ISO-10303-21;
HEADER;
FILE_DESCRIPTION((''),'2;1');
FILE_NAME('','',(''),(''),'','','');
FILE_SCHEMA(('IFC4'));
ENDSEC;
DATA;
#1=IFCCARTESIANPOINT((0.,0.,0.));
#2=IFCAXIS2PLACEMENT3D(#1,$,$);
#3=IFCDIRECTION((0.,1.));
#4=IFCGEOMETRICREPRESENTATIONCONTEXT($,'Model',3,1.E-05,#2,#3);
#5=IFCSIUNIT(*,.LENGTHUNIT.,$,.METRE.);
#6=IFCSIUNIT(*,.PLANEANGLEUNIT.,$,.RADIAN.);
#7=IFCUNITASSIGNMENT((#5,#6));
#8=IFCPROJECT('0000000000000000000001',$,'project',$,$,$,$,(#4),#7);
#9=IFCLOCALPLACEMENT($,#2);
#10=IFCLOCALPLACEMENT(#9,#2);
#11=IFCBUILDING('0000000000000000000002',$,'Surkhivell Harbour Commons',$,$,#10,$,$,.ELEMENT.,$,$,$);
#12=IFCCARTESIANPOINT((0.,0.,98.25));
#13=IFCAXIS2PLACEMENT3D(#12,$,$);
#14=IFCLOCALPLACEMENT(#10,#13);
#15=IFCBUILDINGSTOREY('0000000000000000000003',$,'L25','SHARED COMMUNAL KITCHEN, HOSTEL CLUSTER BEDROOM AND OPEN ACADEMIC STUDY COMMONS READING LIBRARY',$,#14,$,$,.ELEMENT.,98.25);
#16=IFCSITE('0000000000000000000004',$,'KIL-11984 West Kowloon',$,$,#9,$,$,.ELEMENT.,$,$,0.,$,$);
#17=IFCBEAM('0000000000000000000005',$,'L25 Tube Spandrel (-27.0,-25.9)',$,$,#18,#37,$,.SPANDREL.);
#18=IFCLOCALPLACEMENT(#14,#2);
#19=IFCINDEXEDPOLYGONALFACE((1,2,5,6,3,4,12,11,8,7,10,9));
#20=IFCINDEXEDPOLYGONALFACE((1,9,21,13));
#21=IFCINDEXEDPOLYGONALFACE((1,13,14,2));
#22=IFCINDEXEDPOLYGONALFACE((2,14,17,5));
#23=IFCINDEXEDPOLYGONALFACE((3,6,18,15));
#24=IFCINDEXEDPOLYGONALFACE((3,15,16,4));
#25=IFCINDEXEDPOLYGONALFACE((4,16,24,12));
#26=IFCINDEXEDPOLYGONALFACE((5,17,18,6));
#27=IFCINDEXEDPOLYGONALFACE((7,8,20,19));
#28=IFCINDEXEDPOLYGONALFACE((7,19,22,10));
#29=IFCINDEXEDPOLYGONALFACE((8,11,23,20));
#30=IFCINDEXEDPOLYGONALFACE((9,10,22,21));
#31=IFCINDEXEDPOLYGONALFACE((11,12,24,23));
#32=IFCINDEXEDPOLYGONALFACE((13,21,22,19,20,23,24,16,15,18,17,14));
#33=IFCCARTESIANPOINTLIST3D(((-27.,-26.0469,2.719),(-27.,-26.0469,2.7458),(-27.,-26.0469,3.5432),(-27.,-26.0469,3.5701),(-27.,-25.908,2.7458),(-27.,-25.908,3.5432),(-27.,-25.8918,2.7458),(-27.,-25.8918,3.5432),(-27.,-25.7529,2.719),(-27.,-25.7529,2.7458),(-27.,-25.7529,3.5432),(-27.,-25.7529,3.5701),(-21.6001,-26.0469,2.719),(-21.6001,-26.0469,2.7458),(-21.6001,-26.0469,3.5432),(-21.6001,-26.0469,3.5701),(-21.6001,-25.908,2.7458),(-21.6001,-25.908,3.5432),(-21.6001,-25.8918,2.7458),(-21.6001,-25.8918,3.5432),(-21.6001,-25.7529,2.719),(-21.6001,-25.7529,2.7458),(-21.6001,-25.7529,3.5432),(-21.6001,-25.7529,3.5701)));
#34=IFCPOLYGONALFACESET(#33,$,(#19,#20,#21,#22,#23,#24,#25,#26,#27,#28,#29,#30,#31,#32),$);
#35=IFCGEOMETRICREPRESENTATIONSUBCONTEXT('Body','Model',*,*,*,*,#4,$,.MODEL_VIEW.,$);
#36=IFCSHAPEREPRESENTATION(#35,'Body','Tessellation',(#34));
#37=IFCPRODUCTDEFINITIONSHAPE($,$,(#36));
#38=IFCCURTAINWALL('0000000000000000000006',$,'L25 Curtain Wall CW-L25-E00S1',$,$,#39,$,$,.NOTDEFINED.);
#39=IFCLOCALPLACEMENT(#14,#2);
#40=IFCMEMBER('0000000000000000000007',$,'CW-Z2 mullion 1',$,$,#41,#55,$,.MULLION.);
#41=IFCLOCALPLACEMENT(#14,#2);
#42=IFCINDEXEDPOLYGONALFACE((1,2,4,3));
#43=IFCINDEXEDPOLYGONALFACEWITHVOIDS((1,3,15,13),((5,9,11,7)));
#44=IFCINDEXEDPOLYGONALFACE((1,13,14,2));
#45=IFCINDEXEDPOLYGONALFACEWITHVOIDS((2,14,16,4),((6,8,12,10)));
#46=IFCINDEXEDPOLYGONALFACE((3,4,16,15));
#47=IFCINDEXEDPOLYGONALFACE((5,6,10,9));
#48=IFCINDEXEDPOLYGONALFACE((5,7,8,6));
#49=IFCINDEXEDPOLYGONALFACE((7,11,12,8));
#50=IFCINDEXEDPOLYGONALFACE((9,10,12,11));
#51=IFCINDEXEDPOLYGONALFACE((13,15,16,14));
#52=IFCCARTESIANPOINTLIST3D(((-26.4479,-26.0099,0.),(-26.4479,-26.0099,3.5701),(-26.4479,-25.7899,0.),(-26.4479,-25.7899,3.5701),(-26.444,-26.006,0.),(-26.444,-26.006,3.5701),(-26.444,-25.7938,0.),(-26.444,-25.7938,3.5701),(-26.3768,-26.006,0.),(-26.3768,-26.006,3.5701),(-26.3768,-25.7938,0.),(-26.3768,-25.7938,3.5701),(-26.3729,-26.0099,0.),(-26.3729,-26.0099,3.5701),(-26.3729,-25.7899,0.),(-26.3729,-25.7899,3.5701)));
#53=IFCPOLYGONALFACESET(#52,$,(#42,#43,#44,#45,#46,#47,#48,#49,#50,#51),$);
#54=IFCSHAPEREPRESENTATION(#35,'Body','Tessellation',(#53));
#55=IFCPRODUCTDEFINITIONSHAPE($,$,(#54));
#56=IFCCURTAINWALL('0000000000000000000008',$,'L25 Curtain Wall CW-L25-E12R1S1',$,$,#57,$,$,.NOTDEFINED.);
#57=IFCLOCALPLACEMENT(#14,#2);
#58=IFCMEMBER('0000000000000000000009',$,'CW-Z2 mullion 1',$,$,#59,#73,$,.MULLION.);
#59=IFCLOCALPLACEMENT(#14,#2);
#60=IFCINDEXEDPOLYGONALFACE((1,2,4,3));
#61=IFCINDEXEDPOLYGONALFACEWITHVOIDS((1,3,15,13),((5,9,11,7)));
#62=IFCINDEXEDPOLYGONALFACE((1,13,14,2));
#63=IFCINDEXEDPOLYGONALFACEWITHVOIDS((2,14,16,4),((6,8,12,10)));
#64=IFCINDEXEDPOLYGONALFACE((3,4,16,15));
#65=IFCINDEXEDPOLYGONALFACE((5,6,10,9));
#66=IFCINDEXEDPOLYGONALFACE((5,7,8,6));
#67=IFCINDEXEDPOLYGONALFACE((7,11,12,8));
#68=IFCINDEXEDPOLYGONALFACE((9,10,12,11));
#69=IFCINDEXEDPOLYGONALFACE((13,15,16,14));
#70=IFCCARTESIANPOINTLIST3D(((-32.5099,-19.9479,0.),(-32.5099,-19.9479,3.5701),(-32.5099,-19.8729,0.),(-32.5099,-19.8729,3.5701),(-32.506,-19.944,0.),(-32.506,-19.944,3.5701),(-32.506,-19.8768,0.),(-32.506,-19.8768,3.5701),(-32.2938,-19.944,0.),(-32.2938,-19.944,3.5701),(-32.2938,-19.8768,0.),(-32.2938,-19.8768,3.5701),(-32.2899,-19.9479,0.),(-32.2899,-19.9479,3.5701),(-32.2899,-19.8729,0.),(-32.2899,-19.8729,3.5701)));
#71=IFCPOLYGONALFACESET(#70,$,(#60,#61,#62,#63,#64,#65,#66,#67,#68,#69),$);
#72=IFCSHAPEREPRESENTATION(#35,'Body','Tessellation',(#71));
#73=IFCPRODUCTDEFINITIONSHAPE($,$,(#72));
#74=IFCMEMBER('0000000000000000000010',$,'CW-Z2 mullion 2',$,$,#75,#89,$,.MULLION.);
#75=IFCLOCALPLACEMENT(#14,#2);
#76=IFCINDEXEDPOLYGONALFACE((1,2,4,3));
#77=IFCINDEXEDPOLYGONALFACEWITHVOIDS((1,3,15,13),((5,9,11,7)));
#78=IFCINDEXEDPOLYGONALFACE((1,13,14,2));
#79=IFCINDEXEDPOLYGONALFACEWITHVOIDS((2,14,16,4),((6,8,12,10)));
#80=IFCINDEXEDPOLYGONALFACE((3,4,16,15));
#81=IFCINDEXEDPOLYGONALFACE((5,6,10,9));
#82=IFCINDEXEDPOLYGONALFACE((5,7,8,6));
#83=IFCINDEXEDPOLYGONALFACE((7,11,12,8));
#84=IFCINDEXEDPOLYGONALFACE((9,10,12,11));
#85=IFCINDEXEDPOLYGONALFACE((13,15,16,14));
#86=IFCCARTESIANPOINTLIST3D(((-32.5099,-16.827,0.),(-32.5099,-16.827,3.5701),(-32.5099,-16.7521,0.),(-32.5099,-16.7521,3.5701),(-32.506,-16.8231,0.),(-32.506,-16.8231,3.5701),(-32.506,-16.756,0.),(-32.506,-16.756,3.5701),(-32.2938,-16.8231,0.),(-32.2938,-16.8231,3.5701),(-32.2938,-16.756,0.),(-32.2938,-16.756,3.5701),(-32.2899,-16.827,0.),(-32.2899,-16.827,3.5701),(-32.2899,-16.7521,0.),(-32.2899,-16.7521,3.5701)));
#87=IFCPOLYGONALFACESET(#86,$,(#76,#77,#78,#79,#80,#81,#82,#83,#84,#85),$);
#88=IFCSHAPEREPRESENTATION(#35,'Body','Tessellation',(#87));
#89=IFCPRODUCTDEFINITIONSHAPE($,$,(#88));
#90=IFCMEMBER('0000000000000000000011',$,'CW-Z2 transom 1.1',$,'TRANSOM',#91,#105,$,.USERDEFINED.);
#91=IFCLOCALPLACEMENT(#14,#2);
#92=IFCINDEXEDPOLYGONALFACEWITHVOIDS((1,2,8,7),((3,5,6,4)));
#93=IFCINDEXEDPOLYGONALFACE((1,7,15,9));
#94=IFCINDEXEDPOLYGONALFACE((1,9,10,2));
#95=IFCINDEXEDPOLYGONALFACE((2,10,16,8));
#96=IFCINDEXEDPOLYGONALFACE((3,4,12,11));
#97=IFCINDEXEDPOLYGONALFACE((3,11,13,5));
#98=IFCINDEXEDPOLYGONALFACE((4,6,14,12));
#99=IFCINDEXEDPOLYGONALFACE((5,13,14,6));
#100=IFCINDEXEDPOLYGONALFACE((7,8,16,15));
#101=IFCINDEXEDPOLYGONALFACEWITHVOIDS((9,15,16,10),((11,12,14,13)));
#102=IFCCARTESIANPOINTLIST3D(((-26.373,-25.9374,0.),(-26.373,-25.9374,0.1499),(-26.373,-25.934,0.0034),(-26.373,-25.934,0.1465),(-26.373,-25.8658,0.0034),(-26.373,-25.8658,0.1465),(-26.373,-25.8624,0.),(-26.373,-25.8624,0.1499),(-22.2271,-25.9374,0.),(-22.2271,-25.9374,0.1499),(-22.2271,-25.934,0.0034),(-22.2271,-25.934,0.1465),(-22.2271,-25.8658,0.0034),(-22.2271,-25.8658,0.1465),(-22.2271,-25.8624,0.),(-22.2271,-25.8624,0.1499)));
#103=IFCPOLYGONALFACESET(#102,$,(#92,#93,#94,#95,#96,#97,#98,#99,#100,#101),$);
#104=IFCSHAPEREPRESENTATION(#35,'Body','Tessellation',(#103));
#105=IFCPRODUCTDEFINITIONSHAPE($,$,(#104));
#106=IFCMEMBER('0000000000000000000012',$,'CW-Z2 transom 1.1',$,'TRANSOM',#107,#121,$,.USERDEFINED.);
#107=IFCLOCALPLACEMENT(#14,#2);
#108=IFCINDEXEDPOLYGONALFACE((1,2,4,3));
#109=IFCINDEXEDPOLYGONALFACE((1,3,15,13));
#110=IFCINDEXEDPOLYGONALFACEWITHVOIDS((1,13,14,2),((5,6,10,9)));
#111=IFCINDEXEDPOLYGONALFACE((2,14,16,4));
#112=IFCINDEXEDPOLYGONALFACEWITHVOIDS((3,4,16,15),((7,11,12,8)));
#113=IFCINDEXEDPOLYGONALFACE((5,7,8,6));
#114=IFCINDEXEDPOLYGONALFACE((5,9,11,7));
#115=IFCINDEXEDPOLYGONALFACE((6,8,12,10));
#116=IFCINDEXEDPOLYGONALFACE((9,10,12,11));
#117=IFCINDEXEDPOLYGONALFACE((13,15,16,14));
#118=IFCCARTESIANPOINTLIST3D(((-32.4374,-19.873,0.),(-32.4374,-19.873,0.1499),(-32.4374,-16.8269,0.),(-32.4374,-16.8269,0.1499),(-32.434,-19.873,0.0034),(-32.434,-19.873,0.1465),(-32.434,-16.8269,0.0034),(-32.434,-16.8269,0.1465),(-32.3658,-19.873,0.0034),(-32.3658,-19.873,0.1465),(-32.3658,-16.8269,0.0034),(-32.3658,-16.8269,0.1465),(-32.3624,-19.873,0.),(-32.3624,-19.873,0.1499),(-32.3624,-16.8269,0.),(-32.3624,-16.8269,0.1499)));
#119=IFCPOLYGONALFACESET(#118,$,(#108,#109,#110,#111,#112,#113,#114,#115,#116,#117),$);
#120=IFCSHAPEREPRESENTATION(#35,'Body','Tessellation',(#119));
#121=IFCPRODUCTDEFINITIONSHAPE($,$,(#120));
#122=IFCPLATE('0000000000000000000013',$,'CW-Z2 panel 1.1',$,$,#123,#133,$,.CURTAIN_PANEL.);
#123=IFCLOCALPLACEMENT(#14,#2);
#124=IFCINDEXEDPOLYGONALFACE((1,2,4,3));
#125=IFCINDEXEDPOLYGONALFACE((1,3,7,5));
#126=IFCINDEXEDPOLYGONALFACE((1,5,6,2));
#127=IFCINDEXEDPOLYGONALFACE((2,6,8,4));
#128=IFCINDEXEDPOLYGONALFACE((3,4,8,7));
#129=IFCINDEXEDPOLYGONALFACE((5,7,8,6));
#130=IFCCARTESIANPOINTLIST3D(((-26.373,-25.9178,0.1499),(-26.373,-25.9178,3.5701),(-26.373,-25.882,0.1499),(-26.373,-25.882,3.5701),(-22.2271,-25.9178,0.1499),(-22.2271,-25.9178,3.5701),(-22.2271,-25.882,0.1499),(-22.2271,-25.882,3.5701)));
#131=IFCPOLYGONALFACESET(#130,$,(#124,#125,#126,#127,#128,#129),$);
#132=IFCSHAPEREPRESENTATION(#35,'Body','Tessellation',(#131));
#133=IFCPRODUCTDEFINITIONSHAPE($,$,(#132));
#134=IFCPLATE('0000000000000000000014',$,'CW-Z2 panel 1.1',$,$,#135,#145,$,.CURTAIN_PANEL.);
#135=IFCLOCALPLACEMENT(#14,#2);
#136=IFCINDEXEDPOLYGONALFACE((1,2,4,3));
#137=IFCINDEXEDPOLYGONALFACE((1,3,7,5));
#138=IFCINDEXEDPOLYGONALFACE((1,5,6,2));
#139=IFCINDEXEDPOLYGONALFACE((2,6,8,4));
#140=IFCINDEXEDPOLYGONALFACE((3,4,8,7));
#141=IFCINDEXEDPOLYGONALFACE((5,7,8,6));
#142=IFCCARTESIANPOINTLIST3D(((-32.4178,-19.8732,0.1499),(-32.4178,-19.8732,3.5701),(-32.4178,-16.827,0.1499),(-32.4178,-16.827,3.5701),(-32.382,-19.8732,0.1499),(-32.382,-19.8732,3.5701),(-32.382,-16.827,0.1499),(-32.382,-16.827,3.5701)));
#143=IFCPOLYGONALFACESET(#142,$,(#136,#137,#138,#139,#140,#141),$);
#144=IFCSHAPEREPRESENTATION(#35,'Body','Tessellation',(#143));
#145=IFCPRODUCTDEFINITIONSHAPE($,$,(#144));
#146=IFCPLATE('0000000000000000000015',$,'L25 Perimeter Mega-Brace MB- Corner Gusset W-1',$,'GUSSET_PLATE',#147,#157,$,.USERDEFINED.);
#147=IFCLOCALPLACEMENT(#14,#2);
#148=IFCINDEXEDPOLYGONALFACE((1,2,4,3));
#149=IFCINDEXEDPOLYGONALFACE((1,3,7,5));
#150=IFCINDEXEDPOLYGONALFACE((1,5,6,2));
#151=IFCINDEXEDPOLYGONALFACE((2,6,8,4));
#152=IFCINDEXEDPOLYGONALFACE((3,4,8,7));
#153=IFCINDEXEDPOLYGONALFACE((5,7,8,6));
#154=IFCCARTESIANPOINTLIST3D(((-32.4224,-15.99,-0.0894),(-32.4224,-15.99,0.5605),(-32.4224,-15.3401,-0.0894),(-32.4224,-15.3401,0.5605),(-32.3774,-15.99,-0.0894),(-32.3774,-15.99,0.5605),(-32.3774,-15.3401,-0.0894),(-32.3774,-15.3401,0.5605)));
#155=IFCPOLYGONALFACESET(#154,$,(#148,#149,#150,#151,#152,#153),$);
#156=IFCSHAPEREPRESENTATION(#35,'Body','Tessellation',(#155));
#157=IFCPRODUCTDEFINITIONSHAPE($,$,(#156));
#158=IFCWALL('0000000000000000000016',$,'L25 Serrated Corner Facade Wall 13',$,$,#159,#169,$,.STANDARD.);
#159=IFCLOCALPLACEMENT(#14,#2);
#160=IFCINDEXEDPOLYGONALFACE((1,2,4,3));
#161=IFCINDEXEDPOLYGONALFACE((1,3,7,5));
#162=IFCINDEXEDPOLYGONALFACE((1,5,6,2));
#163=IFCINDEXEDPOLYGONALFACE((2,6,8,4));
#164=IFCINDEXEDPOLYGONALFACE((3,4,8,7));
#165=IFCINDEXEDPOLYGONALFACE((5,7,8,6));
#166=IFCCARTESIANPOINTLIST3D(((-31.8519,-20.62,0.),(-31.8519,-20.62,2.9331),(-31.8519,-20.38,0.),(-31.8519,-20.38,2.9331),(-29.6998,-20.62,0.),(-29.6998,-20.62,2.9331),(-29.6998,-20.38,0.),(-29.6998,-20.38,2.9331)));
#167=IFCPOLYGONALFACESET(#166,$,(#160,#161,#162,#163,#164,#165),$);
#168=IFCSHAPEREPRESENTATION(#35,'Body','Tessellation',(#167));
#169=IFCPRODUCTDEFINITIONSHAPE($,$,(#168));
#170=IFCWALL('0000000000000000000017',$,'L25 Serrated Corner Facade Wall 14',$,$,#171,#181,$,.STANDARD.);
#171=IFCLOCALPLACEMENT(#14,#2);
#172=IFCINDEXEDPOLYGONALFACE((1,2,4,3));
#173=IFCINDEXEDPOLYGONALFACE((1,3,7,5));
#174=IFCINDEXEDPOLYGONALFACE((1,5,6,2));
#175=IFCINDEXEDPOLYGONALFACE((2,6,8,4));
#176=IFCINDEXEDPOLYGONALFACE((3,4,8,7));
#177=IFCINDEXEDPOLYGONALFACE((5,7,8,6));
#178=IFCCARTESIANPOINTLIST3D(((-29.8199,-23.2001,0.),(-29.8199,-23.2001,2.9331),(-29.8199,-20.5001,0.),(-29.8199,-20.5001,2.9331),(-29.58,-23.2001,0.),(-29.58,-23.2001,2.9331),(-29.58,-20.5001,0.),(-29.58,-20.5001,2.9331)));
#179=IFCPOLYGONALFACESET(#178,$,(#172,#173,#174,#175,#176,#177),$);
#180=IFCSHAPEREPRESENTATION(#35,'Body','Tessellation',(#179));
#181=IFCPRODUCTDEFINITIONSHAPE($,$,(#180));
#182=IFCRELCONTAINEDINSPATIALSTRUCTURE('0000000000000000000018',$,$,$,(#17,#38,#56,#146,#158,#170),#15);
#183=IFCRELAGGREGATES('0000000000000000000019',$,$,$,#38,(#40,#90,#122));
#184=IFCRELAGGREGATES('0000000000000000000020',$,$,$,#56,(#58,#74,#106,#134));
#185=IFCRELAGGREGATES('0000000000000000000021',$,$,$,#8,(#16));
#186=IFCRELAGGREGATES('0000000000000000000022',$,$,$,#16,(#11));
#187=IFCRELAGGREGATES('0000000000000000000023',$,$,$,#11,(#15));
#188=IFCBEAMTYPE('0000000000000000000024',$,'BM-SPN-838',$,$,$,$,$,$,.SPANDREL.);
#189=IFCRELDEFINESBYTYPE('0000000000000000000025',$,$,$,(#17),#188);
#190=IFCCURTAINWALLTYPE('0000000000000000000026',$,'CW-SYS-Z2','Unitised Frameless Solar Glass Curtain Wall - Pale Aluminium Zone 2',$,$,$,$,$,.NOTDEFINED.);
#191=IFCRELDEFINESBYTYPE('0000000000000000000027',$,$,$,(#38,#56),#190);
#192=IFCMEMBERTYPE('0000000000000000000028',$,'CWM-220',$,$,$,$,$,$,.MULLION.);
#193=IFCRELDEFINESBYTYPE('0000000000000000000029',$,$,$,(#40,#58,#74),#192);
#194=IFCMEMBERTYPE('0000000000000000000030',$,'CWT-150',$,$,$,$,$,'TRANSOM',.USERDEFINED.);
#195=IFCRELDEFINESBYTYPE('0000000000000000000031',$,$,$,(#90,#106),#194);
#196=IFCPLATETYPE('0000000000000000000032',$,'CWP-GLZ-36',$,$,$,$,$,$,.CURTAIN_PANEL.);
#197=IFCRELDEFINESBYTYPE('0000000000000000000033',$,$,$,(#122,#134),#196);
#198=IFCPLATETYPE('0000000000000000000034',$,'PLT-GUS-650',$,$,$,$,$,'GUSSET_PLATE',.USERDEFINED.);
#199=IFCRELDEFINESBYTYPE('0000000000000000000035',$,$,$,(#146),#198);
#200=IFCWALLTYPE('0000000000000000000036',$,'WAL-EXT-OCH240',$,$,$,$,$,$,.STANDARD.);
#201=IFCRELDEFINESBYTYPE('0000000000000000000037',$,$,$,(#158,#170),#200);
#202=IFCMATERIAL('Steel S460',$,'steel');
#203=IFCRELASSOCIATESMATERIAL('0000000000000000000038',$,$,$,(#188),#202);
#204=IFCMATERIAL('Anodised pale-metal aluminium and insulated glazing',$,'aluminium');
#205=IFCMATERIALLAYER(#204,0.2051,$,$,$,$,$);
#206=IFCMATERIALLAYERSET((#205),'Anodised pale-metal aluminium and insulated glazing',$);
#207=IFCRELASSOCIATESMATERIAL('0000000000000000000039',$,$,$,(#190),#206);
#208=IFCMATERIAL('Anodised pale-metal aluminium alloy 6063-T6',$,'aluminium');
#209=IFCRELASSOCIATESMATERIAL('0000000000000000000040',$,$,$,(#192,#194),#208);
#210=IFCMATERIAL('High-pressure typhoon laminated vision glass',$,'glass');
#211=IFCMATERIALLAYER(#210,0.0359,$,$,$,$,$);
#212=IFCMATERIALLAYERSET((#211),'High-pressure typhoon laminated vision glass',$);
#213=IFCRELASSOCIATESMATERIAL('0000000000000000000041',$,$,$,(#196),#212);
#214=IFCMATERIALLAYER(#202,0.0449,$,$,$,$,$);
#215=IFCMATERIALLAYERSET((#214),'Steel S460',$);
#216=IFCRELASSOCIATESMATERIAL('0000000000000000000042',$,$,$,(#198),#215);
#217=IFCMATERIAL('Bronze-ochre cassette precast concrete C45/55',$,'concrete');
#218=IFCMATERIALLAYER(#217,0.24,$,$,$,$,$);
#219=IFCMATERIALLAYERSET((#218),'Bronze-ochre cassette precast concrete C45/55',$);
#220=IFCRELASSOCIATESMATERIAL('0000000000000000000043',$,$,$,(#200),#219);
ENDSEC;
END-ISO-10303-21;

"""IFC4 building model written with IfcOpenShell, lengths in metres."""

from ifc_helpers import new_model, si_unit, direction, frame, frame_2d, origin, origin_2d, place, context, subcontext, project, spatial, rectangle, hollow_rectangle, i_section, extrude, material, layer, layer_set, material_profile, profile_set, type_object, element, aggregate, save


model = new_model("IFC4")

# Units and contexts
model_context = context("Model", 3, precision=1e-05, world=origin(), true_north=direction((0.0, 1.0)))
body_context = subcontext(model_context, "Body", "Model", "MODEL_VIEW")
ifc_project = project(units=[si_unit("LENGTHUNIT", "METRE"), si_unit("PLANEANGLEUNIT", "RADIAN")], contexts=[model_context])

# Site, building, storey
site_placement = place(None, origin())
site = spatial("IfcSite", under=ifc_project, at=site_placement, Name="KIL-11984 West Kowloon", CompositionType="ELEMENT", RefElevation=0.0)
building_placement = place(site_placement, origin())
building = spatial("IfcBuilding", under=site, at=building_placement, Name="Surkhivell Harbour Commons", CompositionType="ELEMENT")
storey_placement = place(building_placement, frame((0.0, 0.0, 98.25)))
storey = spatial("IfcBuildingStorey", under=building, at=storey_placement, Name="L25", Description="SHARED COMMUNAL KITCHEN, HOSTEL CLUSTER BEDROOM AND OPEN ACADEMIC STUDY COMMONS READING LIBRARY", CompositionType="ELEMENT", Elevation=98.25)

# Beam
ifc_material_1 = material(Name="Steel S460", Category="steel")
ifc_material_profile_1 = material_profile(ifc_material_1, i_section(OverallWidth=0.2939, OverallDepth=0.8511, WebThickness=0.0161, FlangeThickness=0.0269, at=origin_2d()), Name="UB838x292x226")
ifc_profile_set_1 = profile_set([ifc_material_profile_1], Name="Steel S460")
beam_type_1 = type_object("IfcBeamType", Name="BM-SPN-838", PredefinedType="SPANDREL", material=ifc_profile_set_1)
for number, where, z_axis, x_axis, name in (
    (1, (-27.0, -25.8999, 3.1445), (1.0, 0.0, 0.0), (0.0, 1.0, 0.0), "L25 Tube Spandrel (-27.0,-25.9)"),
):
    element("IfcBeam", number, at=place(storey_placement, frame(where, z_axis=z_axis, x_axis=x_axis)), inside=storey, type_object=beam_type_1, Name=name, PredefinedType="SPANDREL", context=body_context, shape_type="SweptSolid", body=[
        extrude(i_section(OverallWidth=0.2939, OverallDepth=0.8511, WebThickness=0.0161, FlangeThickness=0.0269, at=origin_2d()), origin(), (0.0, 0.0, 1.0), 5.3999),
    ])

# Curtain wall, member
ifc_material_2 = material(Name="Anodised pale-metal aluminium and insulated glazing", Category="aluminium")
ifc_layer_1 = layer(ifc_material_2, 0.2051)
ifc_layer_set_1 = layer_set([ifc_layer_1], Name="Anodised pale-metal aluminium and insulated glazing")
curtain_wall_type = type_object("IfcCurtainWallType", Name="CW-SYS-Z2", Description="Unitised Frameless Solar Glass Curtain Wall - Pale Aluminium Zone 2", PredefinedType="NOTDEFINED", material=ifc_layer_set_1)
curtain_wall_1_placement = place(storey_placement, origin())
curtain_wall_1 = element("IfcCurtainWall", 2, at=curtain_wall_1_placement, inside=storey, type_object=curtain_wall_type, Name="L25 Curtain Wall CW-L25-E00S1", PredefinedType="NOTDEFINED")
ifc_material_3 = material(Name="Anodised pale-metal aluminium alloy 6063-T6", Category="aluminium")
ifc_material_profile_2 = material_profile(ifc_material_3, hollow_rectangle(XDim=0.075, YDim=0.22, WallThickness=0.0039, at=origin_2d()), Name="ALU-MULL-75x220")
ifc_profile_set_2 = profile_set([ifc_material_profile_2], Name="Anodised pale-metal aluminium alloy 6063-T6")
member_type_1 = type_object("IfcMemberType", Name="CWM-220", PredefinedType="MULLION", material=ifc_profile_set_2)
member_1_placement = place(storey_placement, frame((-26.4104, -25.8999, 0.0), z_axis=(0.0, 0.0, 1.0), x_axis=(1.0, 0.0, 0.0)))
member_1 = element("IfcMember", 3, at=member_1_placement, type_object=member_type_1, Name="CW-Z2 mullion 1", PredefinedType="MULLION", context=body_context, shape_type="SweptSolid", body=[
    extrude(hollow_rectangle(XDim=0.075, YDim=0.22, WallThickness=0.0039, at=origin_2d()), origin(), (0.0, 0.0, 1.0), 3.5701),
])

# Curtain wall, members
curtain_wall_2_placement = place(storey_placement, origin())
curtain_wall_2 = element("IfcCurtainWall", 4, at=curtain_wall_2_placement, inside=storey, type_object=curtain_wall_type, Name="L25 Curtain Wall CW-L25-E12R1S1", PredefinedType="NOTDEFINED")
member_2_placement = place(storey_placement, frame((-32.3999, -19.9104, 0.0), z_axis=(0.0, 0.0, 1.0), x_axis=(0.0, 1.0, 0.0)))
member_2 = element("IfcMember", 5, at=member_2_placement, type_object=member_type_1, Name="CW-Z2 mullion 1", PredefinedType="MULLION", context=body_context, shape_type="SweptSolid", body=[
    extrude(hollow_rectangle(XDim=0.075, YDim=0.22, WallThickness=0.0039, at=origin_2d()), origin(), (0.0, 0.0, 1.0), 3.5701),
])
member_3_placement = place(storey_placement, frame((-32.3999, -16.7896, 0.0), z_axis=(0.0, 0.0, 1.0), x_axis=(0.0, 1.0, 0.0)))
member_3 = element("IfcMember", 6, at=member_3_placement, type_object=member_type_1, Name="CW-Z2 mullion 2", PredefinedType="MULLION", context=body_context, shape_type="SweptSolid", body=[
    extrude(hollow_rectangle(XDim=0.075, YDim=0.22, WallThickness=0.0039, at=origin_2d()), origin(), (0.0, 0.0, 1.0), 3.5701),
])

# Members
ifc_material_profile_3 = material_profile(ifc_material_3, hollow_rectangle(XDim=0.075, YDim=0.1499, WallThickness=0.0034, at=origin_2d()), Name="ALU-TRAN-75x150")
ifc_profile_set_3 = profile_set([ifc_material_profile_3], Name="Anodised pale-metal aluminium alloy 6063-T6")
member_type_2 = type_object("IfcMemberType", Name="CWT-150", ElementType="TRANSOM", PredefinedType="USERDEFINED", material=ifc_profile_set_3)
member_4_placement = place(storey_placement, frame((-26.373, -25.8999, 0.075), z_axis=(1.0, 0.0, 0.0), x_axis=(0.0, 1.0, 0.0)))
member_4 = element("IfcMember", 7, at=member_4_placement, type_object=member_type_2, Name="CW-Z2 transom 1.1", ObjectType="TRANSOM", PredefinedType="USERDEFINED", context=body_context, shape_type="SweptSolid", body=[
    extrude(hollow_rectangle(XDim=0.075, YDim=0.1499, WallThickness=0.0034, at=origin_2d()), origin(), (0.0, 0.0, 1.0), 4.146),
])
member_5_placement = place(storey_placement, frame((-32.3999, -19.873, 0.075), z_axis=(0.0, 1.0, 0.0), x_axis=(-1.0, 0.0, 0.0)))
member_5 = element("IfcMember", 8, at=member_5_placement, type_object=member_type_2, Name="CW-Z2 transom 1.1", ObjectType="TRANSOM", PredefinedType="USERDEFINED", context=body_context, shape_type="SweptSolid", body=[
    extrude(hollow_rectangle(XDim=0.075, YDim=0.1499, WallThickness=0.0034, at=origin_2d()), origin(), (0.0, 0.0, 1.0), 3.0461),
])

# Plates
ifc_material_4 = material(Name="High-pressure typhoon laminated vision glass", Category="glass")
ifc_layer_2 = layer(ifc_material_4, 0.0359)
ifc_layer_set_2 = layer_set([ifc_layer_2], Name="High-pressure typhoon laminated vision glass")
plate_type_1 = type_object("IfcPlateType", Name="CWP-GLZ-36", PredefinedType="CURTAIN_PANEL", material=ifc_layer_set_2)
plate_1_placement = place(storey_placement, frame((-26.373, -25.8999, 0.1499), z_axis=(0.0, 0.0, 1.0), x_axis=(1.0, 0.0, 0.0)))
plate_1 = element("IfcPlate", 9, at=plate_1_placement, type_object=plate_type_1, Name="CW-Z2 panel 1.1", PredefinedType="CURTAIN_PANEL", context=body_context, shape_type="SweptSolid", body=[
    extrude(rectangle(XDim=4.146, YDim=0.0359, at=frame_2d((2.073, 0.0))), origin(), (0.0, 0.0, 1.0), 3.4202),
])
aggregate(curtain_wall_1, [member_1, member_4, plate_1])
plate_2_placement = place(storey_placement, frame((-32.3999, -19.873, 0.1499), z_axis=(0.0, 0.0, 1.0), x_axis=(0.0, 1.0, 0.0)))
plate_2 = element("IfcPlate", 10, at=plate_2_placement, type_object=plate_type_1, Name="CW-Z2 panel 1.1", PredefinedType="CURTAIN_PANEL", context=body_context, shape_type="SweptSolid", body=[
    extrude(rectangle(XDim=3.0461, YDim=0.0359, at=frame_2d((1.5229, 0.0))), origin(), (0.0, 0.0, 1.0), 3.4202),
])
aggregate(curtain_wall_2, [member_2, member_3, member_5, plate_2])
ifc_layer_3 = layer(ifc_material_1, 0.0449)
ifc_layer_set_3 = layer_set([ifc_layer_3], Name="Steel S460")
plate_type_2 = type_object("IfcPlateType", Name="PLT-GUS-650", ElementType="GUSSET_PLATE", PredefinedType="USERDEFINED", material=ifc_layer_set_3)
plate_3_placement = place(storey_placement, frame((-32.3999, -15.665, -0.0894), z_axis=(0.0, 0.0, 1.0), x_axis=(0.0, 1.0, 0.0)))
element("IfcPlate", 11, at=plate_3_placement, inside=storey, type_object=plate_type_2, Name="L25 Perimeter Mega-Brace MB- Corner Gusset W-1", ObjectType="GUSSET_PLATE", PredefinedType="USERDEFINED", context=body_context, shape_type="SweptSolid", body=[
    extrude(rectangle(XDim=0.6499, YDim=0.0449, at=origin_2d()), origin(), (0.0, 0.0, 1.0), 0.6499),
])

# Walls
ifc_material_5 = material(Name="Bronze-ochre cassette precast concrete C45/55", Category="concrete")
ifc_layer_4 = layer(ifc_material_5, 0.24)
ifc_layer_set_4 = layer_set([ifc_layer_4], Name="Bronze-ochre cassette precast concrete C45/55")
wall_type = type_object("IfcWallType", Name="WAL-EXT-OCH240", PredefinedType="STANDARD", material=ifc_layer_set_4)
wall_1_placement = place(storey_placement, frame((-31.8521, -20.5, 0.0), z_axis=(0.0, 0.0, 1.0), x_axis=(1.0, 0.0, 0.0)))
element("IfcWall", 12, at=wall_1_placement, inside=storey, type_object=wall_type, Name="L25 Serrated Corner Facade Wall 13", PredefinedType="STANDARD", context=body_context, shape_type="SweptSolid", body=[
    extrude(rectangle(XDim=2.1521, YDim=0.24, at=frame_2d((1.0762, 0.0))), origin(), (0.0, 0.0, 1.0), 2.9331),
])
for number, where, z_axis, x_axis, name in (
    (13, (-29.7, -20.5, 0.0), (0.0, 0.0, 1.0), (0.0, -1.0, 0.0), "L25 Serrated Corner Facade Wall 14"),
):
    element("IfcWall", number, at=place(storey_placement, frame(where, z_axis=z_axis, x_axis=x_axis)), inside=storey, type_object=wall_type, Name=name, PredefinedType="STANDARD", context=body_context, shape_type="SweptSolid", body=[
        extrude(rectangle(XDim=2.7, YDim=0.24, at=frame_2d((1.3501, 0.0))), origin(), (0.0, 0.0, 1.0), 2.9331),
    ])

save(model, "model.ifc")
